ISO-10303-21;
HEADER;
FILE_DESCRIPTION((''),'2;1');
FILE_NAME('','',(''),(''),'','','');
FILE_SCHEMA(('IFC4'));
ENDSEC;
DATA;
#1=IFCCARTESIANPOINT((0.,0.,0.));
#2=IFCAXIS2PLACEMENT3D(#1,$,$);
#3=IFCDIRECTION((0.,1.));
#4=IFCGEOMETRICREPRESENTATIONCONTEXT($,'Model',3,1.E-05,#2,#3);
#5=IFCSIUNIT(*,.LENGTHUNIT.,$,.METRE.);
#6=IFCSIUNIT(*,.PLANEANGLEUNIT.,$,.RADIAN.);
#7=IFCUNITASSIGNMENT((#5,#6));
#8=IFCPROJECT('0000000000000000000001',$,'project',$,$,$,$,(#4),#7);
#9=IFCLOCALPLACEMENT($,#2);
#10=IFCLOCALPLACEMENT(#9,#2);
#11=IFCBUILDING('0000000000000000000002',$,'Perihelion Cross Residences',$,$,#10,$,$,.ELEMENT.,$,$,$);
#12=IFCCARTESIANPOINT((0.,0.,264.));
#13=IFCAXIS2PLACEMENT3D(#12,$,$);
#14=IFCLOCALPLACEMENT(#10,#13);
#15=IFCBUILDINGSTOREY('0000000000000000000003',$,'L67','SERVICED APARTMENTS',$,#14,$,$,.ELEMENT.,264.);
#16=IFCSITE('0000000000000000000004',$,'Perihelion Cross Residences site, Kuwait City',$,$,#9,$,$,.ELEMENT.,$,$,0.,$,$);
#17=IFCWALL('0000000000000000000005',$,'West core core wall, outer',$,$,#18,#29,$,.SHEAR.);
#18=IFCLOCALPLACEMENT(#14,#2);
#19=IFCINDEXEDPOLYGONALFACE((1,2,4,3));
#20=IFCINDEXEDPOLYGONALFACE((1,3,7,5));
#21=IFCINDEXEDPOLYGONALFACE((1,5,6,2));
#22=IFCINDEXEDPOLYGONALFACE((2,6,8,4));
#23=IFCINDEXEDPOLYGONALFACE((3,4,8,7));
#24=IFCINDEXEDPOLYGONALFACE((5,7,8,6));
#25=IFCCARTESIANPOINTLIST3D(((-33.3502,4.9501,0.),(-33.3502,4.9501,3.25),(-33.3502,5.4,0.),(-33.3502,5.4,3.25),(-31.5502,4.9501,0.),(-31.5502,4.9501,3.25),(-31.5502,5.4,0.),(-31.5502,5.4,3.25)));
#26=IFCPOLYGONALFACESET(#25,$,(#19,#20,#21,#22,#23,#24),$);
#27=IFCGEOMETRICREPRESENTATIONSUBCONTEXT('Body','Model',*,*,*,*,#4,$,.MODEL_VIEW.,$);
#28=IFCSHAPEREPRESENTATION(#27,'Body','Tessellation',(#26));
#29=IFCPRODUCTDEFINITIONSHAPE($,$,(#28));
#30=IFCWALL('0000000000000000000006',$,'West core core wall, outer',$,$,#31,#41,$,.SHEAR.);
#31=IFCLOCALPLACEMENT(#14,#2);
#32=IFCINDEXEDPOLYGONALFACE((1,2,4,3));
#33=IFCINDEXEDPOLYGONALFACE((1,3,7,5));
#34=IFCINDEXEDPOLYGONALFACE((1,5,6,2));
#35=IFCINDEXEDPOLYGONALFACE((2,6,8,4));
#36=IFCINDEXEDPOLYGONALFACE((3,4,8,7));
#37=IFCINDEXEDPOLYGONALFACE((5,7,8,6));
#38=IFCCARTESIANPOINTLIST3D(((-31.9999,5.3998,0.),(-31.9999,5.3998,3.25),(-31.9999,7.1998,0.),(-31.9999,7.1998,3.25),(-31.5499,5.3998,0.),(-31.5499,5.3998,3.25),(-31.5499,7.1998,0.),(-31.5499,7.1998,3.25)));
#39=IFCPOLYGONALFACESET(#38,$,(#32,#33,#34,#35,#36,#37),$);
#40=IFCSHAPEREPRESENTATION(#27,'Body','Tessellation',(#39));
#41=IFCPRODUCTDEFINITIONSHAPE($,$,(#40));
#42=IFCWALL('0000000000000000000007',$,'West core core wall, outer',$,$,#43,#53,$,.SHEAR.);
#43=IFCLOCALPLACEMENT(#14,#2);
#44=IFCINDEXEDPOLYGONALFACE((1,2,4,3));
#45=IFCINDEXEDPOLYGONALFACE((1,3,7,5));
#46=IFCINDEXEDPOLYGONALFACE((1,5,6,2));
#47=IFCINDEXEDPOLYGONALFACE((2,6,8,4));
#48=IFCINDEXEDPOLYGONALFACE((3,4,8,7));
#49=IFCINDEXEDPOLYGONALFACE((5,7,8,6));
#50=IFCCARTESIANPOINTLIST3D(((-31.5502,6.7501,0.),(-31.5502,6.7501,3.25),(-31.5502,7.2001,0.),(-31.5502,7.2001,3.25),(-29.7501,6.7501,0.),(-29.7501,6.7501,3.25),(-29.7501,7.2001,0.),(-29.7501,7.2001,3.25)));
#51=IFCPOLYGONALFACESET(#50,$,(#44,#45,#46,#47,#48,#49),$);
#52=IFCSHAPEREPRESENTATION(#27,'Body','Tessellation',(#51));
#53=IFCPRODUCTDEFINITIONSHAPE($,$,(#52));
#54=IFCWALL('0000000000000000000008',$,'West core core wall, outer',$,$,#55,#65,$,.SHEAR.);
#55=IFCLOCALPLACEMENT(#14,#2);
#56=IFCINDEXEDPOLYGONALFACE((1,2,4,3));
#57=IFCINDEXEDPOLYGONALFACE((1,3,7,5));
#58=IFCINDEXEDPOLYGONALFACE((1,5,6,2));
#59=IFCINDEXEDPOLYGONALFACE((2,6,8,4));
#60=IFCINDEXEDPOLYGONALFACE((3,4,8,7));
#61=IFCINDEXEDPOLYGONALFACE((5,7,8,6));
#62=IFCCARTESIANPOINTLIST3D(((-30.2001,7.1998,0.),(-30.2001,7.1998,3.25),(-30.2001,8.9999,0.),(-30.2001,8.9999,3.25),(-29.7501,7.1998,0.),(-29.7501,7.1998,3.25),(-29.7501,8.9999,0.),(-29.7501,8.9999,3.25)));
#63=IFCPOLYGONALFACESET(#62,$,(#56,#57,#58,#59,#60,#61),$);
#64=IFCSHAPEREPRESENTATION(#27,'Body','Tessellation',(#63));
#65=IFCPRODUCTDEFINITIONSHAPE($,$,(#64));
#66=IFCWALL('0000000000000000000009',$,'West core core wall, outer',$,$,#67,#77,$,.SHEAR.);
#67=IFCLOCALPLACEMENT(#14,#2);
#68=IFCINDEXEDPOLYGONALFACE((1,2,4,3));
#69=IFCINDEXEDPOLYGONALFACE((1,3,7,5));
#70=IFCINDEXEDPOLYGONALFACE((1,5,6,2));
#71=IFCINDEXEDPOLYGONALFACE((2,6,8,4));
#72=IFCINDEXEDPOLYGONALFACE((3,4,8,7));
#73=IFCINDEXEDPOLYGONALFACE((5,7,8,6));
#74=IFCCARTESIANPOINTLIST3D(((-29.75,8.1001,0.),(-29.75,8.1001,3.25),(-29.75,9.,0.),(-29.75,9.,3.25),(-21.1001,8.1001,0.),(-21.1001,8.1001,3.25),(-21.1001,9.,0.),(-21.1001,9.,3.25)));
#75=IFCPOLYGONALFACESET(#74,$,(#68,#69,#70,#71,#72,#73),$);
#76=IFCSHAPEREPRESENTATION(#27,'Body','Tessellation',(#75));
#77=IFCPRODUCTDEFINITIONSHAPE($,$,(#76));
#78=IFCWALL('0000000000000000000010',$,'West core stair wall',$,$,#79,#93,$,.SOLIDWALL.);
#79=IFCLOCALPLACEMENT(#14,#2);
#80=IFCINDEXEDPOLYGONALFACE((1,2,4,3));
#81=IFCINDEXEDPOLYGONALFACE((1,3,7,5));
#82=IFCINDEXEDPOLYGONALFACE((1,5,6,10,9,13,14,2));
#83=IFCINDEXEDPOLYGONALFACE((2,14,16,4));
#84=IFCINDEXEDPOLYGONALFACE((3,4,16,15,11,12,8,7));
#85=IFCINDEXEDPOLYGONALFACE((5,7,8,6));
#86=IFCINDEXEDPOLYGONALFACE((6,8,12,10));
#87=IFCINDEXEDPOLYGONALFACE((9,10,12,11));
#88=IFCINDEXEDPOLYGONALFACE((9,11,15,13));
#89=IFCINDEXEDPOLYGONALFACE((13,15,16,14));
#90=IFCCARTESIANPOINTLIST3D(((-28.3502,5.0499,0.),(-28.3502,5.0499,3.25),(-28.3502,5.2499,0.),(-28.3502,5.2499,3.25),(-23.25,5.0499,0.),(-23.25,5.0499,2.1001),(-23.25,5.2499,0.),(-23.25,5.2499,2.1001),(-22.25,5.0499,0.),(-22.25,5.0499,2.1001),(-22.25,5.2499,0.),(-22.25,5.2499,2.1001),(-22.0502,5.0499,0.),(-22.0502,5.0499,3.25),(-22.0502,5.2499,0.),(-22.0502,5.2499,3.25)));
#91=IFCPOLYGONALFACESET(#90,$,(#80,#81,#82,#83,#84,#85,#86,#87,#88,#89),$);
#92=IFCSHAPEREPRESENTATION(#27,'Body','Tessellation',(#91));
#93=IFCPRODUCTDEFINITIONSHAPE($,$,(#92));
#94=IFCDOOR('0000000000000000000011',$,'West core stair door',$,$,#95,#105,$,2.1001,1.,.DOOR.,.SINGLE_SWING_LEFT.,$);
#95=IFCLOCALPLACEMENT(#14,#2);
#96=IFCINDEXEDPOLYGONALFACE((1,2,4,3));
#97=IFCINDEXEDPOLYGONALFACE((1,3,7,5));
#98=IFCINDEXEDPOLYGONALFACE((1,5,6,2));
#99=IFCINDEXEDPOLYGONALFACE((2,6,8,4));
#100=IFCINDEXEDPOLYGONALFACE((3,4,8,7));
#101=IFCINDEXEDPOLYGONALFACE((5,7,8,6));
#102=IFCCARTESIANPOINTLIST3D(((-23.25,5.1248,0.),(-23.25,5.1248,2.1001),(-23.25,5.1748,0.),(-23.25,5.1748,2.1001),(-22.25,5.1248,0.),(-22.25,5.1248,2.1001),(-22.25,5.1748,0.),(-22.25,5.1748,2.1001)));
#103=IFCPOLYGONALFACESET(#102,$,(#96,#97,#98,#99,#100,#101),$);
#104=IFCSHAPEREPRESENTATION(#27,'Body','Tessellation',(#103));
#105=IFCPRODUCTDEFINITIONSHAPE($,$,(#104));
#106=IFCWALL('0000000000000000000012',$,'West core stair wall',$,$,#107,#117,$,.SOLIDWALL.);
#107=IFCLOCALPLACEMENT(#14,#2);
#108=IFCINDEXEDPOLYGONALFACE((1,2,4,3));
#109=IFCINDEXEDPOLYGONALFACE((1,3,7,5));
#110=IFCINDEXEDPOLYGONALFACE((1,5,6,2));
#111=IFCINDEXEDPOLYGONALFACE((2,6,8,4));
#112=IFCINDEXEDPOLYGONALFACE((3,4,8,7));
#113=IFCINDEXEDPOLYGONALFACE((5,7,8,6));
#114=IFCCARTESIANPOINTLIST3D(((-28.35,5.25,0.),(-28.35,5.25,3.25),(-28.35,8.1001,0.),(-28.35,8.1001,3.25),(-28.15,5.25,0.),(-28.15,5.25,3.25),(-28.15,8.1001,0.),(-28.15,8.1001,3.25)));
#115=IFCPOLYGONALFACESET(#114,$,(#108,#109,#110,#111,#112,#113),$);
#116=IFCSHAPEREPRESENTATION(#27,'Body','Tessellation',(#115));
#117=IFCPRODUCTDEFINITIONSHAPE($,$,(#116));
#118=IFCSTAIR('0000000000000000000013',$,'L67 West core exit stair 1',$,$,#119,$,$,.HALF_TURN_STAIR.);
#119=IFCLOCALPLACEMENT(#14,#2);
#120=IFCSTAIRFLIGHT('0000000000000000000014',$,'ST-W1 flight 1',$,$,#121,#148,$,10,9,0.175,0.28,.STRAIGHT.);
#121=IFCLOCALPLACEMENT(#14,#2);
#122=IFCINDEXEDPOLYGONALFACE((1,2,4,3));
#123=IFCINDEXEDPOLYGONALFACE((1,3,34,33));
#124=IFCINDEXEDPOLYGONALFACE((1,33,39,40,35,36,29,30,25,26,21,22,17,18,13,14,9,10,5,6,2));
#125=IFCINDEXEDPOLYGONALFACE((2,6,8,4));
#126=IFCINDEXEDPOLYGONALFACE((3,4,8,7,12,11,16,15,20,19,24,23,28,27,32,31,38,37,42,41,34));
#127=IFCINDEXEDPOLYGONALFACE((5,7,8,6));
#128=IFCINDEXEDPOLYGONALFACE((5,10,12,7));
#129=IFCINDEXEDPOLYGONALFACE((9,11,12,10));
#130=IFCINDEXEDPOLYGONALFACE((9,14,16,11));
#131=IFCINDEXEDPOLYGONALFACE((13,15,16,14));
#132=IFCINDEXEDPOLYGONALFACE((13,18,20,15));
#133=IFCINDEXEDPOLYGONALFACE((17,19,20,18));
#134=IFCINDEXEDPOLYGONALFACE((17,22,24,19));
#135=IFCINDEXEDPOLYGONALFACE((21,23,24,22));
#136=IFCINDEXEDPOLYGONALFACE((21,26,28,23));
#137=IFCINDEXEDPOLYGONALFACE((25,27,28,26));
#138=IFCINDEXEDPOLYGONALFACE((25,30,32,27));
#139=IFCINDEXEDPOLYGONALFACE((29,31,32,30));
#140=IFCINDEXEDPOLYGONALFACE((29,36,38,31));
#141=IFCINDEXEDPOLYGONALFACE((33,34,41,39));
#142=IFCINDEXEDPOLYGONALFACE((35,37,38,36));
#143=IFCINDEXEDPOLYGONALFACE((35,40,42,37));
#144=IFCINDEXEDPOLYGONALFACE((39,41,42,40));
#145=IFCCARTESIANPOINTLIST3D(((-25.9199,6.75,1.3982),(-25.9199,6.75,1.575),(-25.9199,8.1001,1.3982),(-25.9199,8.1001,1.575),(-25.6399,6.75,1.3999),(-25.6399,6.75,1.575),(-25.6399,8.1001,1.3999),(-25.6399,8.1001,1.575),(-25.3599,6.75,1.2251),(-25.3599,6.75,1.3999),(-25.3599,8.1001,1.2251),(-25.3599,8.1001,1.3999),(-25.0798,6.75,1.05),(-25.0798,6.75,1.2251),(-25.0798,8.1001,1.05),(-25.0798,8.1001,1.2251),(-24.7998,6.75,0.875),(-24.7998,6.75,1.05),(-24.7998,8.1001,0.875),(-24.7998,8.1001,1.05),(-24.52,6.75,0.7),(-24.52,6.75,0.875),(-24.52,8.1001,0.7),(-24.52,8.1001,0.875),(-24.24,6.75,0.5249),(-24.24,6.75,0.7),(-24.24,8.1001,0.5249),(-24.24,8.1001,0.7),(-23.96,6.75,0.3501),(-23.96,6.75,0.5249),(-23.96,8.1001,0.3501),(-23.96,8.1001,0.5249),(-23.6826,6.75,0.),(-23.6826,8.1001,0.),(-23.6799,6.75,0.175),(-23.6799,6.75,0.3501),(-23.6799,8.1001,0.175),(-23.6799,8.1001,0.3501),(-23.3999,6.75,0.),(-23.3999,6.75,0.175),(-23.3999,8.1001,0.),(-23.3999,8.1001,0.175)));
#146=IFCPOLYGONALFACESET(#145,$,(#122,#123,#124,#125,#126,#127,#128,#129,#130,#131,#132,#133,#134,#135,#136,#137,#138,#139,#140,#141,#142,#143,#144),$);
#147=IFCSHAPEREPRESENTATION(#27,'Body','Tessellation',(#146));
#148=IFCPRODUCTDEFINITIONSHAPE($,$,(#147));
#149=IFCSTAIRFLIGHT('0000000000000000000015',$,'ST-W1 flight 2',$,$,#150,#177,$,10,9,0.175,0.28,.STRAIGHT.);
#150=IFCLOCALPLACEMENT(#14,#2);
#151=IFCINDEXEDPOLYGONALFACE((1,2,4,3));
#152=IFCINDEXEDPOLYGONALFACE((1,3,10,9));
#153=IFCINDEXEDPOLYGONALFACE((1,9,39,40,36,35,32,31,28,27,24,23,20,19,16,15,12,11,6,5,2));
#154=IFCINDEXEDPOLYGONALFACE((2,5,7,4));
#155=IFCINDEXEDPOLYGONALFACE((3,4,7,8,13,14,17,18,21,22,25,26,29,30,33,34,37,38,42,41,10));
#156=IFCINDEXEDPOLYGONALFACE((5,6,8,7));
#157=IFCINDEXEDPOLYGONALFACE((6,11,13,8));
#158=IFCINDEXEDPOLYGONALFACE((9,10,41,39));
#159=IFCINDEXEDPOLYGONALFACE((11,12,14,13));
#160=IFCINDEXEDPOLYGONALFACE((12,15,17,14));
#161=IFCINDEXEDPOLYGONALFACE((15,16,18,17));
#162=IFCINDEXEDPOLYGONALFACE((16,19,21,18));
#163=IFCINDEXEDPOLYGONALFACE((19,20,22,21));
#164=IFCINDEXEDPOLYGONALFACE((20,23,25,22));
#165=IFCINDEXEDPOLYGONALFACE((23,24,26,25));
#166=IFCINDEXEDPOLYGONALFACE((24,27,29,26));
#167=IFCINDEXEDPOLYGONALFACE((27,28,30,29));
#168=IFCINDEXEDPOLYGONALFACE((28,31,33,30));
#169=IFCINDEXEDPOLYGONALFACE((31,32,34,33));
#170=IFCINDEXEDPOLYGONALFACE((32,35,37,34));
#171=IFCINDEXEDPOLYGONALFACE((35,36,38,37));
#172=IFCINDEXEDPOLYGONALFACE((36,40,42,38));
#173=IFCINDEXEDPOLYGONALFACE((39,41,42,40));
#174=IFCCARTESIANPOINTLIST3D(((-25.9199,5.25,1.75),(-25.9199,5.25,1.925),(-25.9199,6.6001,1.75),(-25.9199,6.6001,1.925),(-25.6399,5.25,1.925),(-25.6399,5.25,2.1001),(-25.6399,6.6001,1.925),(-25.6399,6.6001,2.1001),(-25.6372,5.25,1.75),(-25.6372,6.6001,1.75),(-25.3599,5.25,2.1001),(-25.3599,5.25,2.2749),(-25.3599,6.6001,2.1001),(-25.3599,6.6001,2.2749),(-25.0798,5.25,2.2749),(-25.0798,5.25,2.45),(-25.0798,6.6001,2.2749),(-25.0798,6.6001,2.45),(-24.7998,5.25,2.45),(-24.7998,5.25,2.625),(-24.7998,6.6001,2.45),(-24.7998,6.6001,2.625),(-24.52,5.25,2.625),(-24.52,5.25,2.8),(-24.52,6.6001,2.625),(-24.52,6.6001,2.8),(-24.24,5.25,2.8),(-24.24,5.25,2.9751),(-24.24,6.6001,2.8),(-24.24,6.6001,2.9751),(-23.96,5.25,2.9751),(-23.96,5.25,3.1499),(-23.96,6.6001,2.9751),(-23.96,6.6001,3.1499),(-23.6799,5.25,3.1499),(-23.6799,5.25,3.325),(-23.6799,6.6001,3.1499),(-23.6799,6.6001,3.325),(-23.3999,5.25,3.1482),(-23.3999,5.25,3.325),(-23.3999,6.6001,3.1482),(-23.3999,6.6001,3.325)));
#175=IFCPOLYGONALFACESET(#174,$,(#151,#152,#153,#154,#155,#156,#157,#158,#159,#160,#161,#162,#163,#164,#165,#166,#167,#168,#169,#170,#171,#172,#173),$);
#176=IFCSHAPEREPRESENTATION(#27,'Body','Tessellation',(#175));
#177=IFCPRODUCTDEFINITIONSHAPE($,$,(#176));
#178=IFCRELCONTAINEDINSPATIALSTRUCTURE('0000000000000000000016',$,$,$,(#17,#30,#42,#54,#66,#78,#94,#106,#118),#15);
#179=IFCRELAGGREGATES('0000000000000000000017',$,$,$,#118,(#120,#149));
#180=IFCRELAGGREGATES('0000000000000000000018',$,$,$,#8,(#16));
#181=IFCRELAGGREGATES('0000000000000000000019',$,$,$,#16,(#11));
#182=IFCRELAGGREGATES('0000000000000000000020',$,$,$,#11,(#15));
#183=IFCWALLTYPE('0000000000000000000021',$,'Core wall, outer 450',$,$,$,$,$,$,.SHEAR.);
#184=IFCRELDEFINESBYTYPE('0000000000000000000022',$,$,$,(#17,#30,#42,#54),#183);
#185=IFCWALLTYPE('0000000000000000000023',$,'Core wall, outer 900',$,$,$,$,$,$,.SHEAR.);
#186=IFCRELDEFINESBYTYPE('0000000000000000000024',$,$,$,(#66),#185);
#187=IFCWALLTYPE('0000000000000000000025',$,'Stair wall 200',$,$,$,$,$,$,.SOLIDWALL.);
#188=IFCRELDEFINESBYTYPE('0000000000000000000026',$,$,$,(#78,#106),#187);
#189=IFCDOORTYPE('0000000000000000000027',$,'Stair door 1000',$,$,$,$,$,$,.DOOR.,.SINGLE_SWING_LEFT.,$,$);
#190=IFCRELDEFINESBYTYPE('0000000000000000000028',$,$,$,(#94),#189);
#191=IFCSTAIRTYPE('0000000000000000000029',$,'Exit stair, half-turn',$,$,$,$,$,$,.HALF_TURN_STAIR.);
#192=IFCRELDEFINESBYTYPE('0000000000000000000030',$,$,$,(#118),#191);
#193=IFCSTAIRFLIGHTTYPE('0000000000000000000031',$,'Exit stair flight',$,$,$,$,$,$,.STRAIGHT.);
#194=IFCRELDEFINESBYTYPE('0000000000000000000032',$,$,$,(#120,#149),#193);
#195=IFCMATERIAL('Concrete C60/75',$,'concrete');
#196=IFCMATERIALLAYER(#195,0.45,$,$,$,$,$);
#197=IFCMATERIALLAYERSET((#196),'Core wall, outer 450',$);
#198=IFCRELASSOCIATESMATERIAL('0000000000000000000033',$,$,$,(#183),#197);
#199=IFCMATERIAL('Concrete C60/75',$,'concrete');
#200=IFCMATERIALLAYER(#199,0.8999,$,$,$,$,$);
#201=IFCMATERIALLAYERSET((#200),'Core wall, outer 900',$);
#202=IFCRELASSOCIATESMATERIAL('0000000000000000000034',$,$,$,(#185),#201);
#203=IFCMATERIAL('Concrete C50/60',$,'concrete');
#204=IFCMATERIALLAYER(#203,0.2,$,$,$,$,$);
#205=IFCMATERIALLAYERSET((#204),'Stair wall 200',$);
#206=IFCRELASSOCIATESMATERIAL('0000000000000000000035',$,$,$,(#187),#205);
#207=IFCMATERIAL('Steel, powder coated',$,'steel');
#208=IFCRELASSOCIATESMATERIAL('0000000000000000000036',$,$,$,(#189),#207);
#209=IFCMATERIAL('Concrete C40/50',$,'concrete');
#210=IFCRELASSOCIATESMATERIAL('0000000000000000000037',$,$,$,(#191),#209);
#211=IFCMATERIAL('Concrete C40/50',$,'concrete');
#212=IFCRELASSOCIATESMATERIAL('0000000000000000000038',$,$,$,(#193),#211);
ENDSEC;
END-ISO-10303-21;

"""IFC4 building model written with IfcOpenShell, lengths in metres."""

from ifc_helpers import new_model, si_unit, direction, frame, frame_2d, origin, place, context, subcontext, project, spatial, polyline, rectangle, outline, extrude, material, layer, layer_set, type_object, element, fill, aggregate, save


model = new_model("IFC4")

# Units and contexts
model_context = context("Model", 3, precision=1e-05, world=origin(), true_north=direction((0.0, 1.0)))
body_context = subcontext(model_context, "Body", "Model", "MODEL_VIEW")
ifc_project = project(units=[si_unit("LENGTHUNIT", "METRE"), si_unit("PLANEANGLEUNIT", "RADIAN")], contexts=[model_context])

# Site, building, storey
site_placement = place(None, origin())
site = spatial("IfcSite", under=ifc_project, at=site_placement, Name="Perihelion Cross Residences site, Kuwait City", CompositionType="ELEMENT", RefElevation=0.0)
building_placement = place(site_placement, origin())
building = spatial("IfcBuilding", under=site, at=building_placement, Name="Perihelion Cross Residences", CompositionType="ELEMENT")
storey_placement = place(building_placement, frame((0.0, 0.0, 264.0)))
storey = spatial("IfcBuildingStorey", under=building, at=storey_placement, Name="L67", Description="SERVICED APARTMENTS", CompositionType="ELEMENT", Elevation=264.0)

# Walls
ifc_material_1 = material(Name="Concrete C60/75", Category="concrete")
ifc_layer_1 = layer(ifc_material_1, 0.45)
ifc_layer_set_1 = layer_set([ifc_layer_1], Name="Core wall, outer 450")
wall_type_1 = type_object("IfcWallType", Name="Core wall, outer 450", PredefinedType="SHEAR", material=ifc_layer_set_1)
for number, where, z_axis, x_axis, name in (
    (1, (-33.3501, 5.175, 0.0), (0.0, 0.0, 1.0), (1.0, 0.0, 0.0), "West core core wall, outer"),
    (2, (-31.7749, 5.3999, 0.0), (0.0, 0.0, 1.0), (0.0, 1.0, 0.0), "West core core wall, outer"),
    (3, (-31.55, 6.9751, 0.0), (0.0, 0.0, 1.0), (1.0, 0.0, 0.0), "West core core wall, outer"),
    (4, (-29.9751, 7.2, 0.0), (0.0, 0.0, 1.0), (0.0, 1.0, 0.0), "West core core wall, outer"),
):
    element("IfcWall", number, at=place(storey_placement, frame(where, z_axis=z_axis, x_axis=x_axis)), inside=storey, type_object=wall_type_1, Name=name, PredefinedType="SHEAR", context=body_context, shape_type="SweptSolid", body=[
        extrude(rectangle(XDim=1.8, YDim=0.45, at=frame_2d((0.8999, 0.0))), origin(), (0.0, 0.0, 1.0), 3.25),
    ])
ifc_material_2 = material(Name="Concrete C60/75", Category="concrete")
ifc_layer_2 = layer(ifc_material_2, 0.8999)
ifc_layer_set_2 = layer_set([ifc_layer_2], Name="Core wall, outer 900")
wall_type_2 = type_object("IfcWallType", Name="Core wall, outer 900", PredefinedType="SHEAR", material=ifc_layer_set_2)
wall_1_placement = place(storey_placement, frame((-29.75, 8.55, 0.0), z_axis=(0.0, 0.0, 1.0), x_axis=(1.0, 0.0, 0.0)))
element("IfcWall", 5, at=wall_1_placement, inside=storey, type_object=wall_type_2, Name="West core core wall, outer", PredefinedType="SHEAR", context=body_context, shape_type="SweptSolid", body=[
    extrude(rectangle(XDim=8.6499, YDim=0.8999, at=frame_2d((4.325, 0.0))), origin(), (0.0, 0.0, 1.0), 3.25),
])

# Wall, opening, door
ifc_material_3 = material(Name="Concrete C50/60", Category="concrete")
ifc_layer_3 = layer(ifc_material_3, 0.2)
ifc_layer_set_3 = layer_set([ifc_layer_3], Name="Stair wall 200")
wall_type_3 = type_object("IfcWallType", Name="Stair wall 200", PredefinedType="SOLIDWALL", material=ifc_layer_set_3)
wall_2_placement = place(storey_placement, frame((-28.3501, 5.1499, 0.0), z_axis=(0.0, 0.0, 1.0), x_axis=(1.0, 0.0, 0.0)))
wall_2 = element("IfcWall", 6, at=wall_2_placement, inside=storey, type_object=wall_type_3, Name="West core stair wall", PredefinedType="SOLIDWALL", context=body_context, shape_type="SweptSolid", body=[
    extrude(rectangle(XDim=6.3, YDim=0.2, at=frame_2d((3.1499, 0.0))), origin(), (0.0, 0.0, 1.0), 3.25),
])
opening_placement = place(wall_2_placement, frame((5.1001, 0.0, 0.0)))
opening = element("IfcOpeningElement", 7, at=opening_placement, cuts=wall_2, PredefinedType="OPENING", context=body_context, shape_type="SweptSolid", body=[
    extrude(rectangle(XDim=1.0, YDim=2.1001, at=frame_2d((0.5, 1.05))), frame((0.0, 0.1099, 0.0), z_axis=(0.0, -1.0, 0.0), x_axis=(1.0, 0.0, 0.0)), (0.0, 0.0, 1.0), 0.22),
])
ifc_material_4 = material(Name="Steel, powder coated", Category="steel")
door_type = type_object("IfcDoorType", Name="Stair door 1000", OperationType="SINGLE_SWING_LEFT", PredefinedType="DOOR", material=ifc_material_4)
door_placement = place(opening_placement, origin())
door = element("IfcDoor", 8, at=door_placement, inside=storey, type_object=door_type, Name="West core stair door", OperationType="SINGLE_SWING_LEFT", OverallHeight=2.1001, OverallWidth=1.0, PredefinedType="DOOR", context=body_context, shape_type="SweptSolid", body=[
    extrude(rectangle(XDim=1.0, YDim=2.1001, at=frame_2d((0.5, 1.05))), frame((0.0, 0.0249, 0.0), z_axis=(0.0, -1.0, 0.0), x_axis=(1.0, 0.0, 0.0)), (0.0, 0.0, 1.0), 0.05),
])
fill(opening, door)

# Wall
wall_3_placement = place(storey_placement, frame((-28.25, 5.25, 0.0), z_axis=(0.0, 0.0, 1.0), x_axis=(0.0, 1.0, 0.0)))
element("IfcWall", 9, at=wall_3_placement, inside=storey, type_object=wall_type_3, Name="West core stair wall", PredefinedType="SOLIDWALL", context=body_context, shape_type="SweptSolid", body=[
    extrude(rectangle(XDim=2.8501, YDim=0.2, at=frame_2d((1.425, 0.0))), origin(), (0.0, 0.0, 1.0), 3.25),
])

# Stair, stair flights
ifc_material_5 = material(Name="Concrete C40/50", Category="concrete")
stair_type = type_object("IfcStairType", Name="Exit stair, half-turn", PredefinedType="HALF_TURN_STAIR", material=ifc_material_5)
stair_placement = place(storey_placement, origin())
stair = element("IfcStair", 10, at=stair_placement, inside=storey, type_object=stair_type, Name="L67 West core exit stair 1", PredefinedType="HALF_TURN_STAIR")
ifc_material_6 = material(Name="Concrete C40/50", Category="concrete")
stair_flight_type = type_object("IfcStairFlightType", Name="Exit stair flight", PredefinedType="STRAIGHT", material=ifc_material_6)
stair_flight_1_placement = place(storey_placement, frame((-23.3999, 7.425, 0.0), z_axis=(0.0, 0.0, 1.0), x_axis=(-1.0, 0.0, 0.0)))
stair_flight_1 = element("IfcStairFlight", 11, at=stair_flight_1_placement, type_object=stair_flight_type, Name="ST-W1 flight 1", NumberOfRisers=10, NumberOfTreads=9, PredefinedType="STRAIGHT", RiserHeight=0.175, TreadLength=0.28, context=body_context, shape_type="SweptSolid", body=[
    extrude(outline(polyline([(0.0, 0.0), (0.0, 0.175), (0.28, 0.175), (0.28, 0.3501), (0.5601, 0.3501), (0.5601, 0.5249), (0.8401, 0.5249), (0.8401, 0.7), (1.1201, 0.7), (1.1201, 0.875), (1.3999, 0.875), (1.3999, 1.05), (1.6799, 1.05), (1.6799, 1.2251), (1.96, 1.2251), (1.96, 1.3999), (2.24, 1.3999), (2.24, 1.575), (2.52, 1.575), (2.52, 1.75), (2.52, 1.3982), (0.2827, 0.0), (0.0, 0.0)])), frame((0.0, 0.675, 0.0), z_axis=(0.0, -1.0, 0.0), x_axis=(1.0, 0.0, 0.0)), (0.0, 0.0, 1.0), 1.3501),
])
stair_flight_2_placement = place(storey_placement, frame((-25.9199, 5.925, 1.75), z_axis=(0.0, 0.0, 1.0), x_axis=(1.0, 0.0, 0.0)))
stair_flight_2 = element("IfcStairFlight", 12, at=stair_flight_2_placement, type_object=stair_flight_type, Name="ST-W1 flight 2", NumberOfRisers=10, NumberOfTreads=9, PredefinedType="STRAIGHT", RiserHeight=0.175, TreadLength=0.28, context=body_context, shape_type="SweptSolid", body=[
    extrude(outline(polyline([(0.0, 0.0), (0.0, 0.175), (0.28, 0.175), (0.28, 0.3501), (0.5601, 0.3501), (0.5601, 0.5249), (0.8401, 0.5249), (0.8401, 0.7), (1.1201, 0.7), (1.1201, 0.875), (1.3999, 0.875), (1.3999, 1.05), (1.6799, 1.05), (1.6799, 1.2251), (1.96, 1.2251), (1.96, 1.3999), (2.24, 1.3999), (2.24, 1.575), (2.52, 1.575), (2.52, 1.75), (2.52, 1.3982), (0.2827, 0.0), (0.0, 0.0)])), frame((0.0, 0.675, 0.0), z_axis=(0.0, -1.0, 0.0), x_axis=(1.0, 0.0, 0.0)), (0.0, 0.0, 1.0), 1.3501),
])
aggregate(stair, [stair_flight_1, stair_flight_2])

save(model, "model.ifc")
